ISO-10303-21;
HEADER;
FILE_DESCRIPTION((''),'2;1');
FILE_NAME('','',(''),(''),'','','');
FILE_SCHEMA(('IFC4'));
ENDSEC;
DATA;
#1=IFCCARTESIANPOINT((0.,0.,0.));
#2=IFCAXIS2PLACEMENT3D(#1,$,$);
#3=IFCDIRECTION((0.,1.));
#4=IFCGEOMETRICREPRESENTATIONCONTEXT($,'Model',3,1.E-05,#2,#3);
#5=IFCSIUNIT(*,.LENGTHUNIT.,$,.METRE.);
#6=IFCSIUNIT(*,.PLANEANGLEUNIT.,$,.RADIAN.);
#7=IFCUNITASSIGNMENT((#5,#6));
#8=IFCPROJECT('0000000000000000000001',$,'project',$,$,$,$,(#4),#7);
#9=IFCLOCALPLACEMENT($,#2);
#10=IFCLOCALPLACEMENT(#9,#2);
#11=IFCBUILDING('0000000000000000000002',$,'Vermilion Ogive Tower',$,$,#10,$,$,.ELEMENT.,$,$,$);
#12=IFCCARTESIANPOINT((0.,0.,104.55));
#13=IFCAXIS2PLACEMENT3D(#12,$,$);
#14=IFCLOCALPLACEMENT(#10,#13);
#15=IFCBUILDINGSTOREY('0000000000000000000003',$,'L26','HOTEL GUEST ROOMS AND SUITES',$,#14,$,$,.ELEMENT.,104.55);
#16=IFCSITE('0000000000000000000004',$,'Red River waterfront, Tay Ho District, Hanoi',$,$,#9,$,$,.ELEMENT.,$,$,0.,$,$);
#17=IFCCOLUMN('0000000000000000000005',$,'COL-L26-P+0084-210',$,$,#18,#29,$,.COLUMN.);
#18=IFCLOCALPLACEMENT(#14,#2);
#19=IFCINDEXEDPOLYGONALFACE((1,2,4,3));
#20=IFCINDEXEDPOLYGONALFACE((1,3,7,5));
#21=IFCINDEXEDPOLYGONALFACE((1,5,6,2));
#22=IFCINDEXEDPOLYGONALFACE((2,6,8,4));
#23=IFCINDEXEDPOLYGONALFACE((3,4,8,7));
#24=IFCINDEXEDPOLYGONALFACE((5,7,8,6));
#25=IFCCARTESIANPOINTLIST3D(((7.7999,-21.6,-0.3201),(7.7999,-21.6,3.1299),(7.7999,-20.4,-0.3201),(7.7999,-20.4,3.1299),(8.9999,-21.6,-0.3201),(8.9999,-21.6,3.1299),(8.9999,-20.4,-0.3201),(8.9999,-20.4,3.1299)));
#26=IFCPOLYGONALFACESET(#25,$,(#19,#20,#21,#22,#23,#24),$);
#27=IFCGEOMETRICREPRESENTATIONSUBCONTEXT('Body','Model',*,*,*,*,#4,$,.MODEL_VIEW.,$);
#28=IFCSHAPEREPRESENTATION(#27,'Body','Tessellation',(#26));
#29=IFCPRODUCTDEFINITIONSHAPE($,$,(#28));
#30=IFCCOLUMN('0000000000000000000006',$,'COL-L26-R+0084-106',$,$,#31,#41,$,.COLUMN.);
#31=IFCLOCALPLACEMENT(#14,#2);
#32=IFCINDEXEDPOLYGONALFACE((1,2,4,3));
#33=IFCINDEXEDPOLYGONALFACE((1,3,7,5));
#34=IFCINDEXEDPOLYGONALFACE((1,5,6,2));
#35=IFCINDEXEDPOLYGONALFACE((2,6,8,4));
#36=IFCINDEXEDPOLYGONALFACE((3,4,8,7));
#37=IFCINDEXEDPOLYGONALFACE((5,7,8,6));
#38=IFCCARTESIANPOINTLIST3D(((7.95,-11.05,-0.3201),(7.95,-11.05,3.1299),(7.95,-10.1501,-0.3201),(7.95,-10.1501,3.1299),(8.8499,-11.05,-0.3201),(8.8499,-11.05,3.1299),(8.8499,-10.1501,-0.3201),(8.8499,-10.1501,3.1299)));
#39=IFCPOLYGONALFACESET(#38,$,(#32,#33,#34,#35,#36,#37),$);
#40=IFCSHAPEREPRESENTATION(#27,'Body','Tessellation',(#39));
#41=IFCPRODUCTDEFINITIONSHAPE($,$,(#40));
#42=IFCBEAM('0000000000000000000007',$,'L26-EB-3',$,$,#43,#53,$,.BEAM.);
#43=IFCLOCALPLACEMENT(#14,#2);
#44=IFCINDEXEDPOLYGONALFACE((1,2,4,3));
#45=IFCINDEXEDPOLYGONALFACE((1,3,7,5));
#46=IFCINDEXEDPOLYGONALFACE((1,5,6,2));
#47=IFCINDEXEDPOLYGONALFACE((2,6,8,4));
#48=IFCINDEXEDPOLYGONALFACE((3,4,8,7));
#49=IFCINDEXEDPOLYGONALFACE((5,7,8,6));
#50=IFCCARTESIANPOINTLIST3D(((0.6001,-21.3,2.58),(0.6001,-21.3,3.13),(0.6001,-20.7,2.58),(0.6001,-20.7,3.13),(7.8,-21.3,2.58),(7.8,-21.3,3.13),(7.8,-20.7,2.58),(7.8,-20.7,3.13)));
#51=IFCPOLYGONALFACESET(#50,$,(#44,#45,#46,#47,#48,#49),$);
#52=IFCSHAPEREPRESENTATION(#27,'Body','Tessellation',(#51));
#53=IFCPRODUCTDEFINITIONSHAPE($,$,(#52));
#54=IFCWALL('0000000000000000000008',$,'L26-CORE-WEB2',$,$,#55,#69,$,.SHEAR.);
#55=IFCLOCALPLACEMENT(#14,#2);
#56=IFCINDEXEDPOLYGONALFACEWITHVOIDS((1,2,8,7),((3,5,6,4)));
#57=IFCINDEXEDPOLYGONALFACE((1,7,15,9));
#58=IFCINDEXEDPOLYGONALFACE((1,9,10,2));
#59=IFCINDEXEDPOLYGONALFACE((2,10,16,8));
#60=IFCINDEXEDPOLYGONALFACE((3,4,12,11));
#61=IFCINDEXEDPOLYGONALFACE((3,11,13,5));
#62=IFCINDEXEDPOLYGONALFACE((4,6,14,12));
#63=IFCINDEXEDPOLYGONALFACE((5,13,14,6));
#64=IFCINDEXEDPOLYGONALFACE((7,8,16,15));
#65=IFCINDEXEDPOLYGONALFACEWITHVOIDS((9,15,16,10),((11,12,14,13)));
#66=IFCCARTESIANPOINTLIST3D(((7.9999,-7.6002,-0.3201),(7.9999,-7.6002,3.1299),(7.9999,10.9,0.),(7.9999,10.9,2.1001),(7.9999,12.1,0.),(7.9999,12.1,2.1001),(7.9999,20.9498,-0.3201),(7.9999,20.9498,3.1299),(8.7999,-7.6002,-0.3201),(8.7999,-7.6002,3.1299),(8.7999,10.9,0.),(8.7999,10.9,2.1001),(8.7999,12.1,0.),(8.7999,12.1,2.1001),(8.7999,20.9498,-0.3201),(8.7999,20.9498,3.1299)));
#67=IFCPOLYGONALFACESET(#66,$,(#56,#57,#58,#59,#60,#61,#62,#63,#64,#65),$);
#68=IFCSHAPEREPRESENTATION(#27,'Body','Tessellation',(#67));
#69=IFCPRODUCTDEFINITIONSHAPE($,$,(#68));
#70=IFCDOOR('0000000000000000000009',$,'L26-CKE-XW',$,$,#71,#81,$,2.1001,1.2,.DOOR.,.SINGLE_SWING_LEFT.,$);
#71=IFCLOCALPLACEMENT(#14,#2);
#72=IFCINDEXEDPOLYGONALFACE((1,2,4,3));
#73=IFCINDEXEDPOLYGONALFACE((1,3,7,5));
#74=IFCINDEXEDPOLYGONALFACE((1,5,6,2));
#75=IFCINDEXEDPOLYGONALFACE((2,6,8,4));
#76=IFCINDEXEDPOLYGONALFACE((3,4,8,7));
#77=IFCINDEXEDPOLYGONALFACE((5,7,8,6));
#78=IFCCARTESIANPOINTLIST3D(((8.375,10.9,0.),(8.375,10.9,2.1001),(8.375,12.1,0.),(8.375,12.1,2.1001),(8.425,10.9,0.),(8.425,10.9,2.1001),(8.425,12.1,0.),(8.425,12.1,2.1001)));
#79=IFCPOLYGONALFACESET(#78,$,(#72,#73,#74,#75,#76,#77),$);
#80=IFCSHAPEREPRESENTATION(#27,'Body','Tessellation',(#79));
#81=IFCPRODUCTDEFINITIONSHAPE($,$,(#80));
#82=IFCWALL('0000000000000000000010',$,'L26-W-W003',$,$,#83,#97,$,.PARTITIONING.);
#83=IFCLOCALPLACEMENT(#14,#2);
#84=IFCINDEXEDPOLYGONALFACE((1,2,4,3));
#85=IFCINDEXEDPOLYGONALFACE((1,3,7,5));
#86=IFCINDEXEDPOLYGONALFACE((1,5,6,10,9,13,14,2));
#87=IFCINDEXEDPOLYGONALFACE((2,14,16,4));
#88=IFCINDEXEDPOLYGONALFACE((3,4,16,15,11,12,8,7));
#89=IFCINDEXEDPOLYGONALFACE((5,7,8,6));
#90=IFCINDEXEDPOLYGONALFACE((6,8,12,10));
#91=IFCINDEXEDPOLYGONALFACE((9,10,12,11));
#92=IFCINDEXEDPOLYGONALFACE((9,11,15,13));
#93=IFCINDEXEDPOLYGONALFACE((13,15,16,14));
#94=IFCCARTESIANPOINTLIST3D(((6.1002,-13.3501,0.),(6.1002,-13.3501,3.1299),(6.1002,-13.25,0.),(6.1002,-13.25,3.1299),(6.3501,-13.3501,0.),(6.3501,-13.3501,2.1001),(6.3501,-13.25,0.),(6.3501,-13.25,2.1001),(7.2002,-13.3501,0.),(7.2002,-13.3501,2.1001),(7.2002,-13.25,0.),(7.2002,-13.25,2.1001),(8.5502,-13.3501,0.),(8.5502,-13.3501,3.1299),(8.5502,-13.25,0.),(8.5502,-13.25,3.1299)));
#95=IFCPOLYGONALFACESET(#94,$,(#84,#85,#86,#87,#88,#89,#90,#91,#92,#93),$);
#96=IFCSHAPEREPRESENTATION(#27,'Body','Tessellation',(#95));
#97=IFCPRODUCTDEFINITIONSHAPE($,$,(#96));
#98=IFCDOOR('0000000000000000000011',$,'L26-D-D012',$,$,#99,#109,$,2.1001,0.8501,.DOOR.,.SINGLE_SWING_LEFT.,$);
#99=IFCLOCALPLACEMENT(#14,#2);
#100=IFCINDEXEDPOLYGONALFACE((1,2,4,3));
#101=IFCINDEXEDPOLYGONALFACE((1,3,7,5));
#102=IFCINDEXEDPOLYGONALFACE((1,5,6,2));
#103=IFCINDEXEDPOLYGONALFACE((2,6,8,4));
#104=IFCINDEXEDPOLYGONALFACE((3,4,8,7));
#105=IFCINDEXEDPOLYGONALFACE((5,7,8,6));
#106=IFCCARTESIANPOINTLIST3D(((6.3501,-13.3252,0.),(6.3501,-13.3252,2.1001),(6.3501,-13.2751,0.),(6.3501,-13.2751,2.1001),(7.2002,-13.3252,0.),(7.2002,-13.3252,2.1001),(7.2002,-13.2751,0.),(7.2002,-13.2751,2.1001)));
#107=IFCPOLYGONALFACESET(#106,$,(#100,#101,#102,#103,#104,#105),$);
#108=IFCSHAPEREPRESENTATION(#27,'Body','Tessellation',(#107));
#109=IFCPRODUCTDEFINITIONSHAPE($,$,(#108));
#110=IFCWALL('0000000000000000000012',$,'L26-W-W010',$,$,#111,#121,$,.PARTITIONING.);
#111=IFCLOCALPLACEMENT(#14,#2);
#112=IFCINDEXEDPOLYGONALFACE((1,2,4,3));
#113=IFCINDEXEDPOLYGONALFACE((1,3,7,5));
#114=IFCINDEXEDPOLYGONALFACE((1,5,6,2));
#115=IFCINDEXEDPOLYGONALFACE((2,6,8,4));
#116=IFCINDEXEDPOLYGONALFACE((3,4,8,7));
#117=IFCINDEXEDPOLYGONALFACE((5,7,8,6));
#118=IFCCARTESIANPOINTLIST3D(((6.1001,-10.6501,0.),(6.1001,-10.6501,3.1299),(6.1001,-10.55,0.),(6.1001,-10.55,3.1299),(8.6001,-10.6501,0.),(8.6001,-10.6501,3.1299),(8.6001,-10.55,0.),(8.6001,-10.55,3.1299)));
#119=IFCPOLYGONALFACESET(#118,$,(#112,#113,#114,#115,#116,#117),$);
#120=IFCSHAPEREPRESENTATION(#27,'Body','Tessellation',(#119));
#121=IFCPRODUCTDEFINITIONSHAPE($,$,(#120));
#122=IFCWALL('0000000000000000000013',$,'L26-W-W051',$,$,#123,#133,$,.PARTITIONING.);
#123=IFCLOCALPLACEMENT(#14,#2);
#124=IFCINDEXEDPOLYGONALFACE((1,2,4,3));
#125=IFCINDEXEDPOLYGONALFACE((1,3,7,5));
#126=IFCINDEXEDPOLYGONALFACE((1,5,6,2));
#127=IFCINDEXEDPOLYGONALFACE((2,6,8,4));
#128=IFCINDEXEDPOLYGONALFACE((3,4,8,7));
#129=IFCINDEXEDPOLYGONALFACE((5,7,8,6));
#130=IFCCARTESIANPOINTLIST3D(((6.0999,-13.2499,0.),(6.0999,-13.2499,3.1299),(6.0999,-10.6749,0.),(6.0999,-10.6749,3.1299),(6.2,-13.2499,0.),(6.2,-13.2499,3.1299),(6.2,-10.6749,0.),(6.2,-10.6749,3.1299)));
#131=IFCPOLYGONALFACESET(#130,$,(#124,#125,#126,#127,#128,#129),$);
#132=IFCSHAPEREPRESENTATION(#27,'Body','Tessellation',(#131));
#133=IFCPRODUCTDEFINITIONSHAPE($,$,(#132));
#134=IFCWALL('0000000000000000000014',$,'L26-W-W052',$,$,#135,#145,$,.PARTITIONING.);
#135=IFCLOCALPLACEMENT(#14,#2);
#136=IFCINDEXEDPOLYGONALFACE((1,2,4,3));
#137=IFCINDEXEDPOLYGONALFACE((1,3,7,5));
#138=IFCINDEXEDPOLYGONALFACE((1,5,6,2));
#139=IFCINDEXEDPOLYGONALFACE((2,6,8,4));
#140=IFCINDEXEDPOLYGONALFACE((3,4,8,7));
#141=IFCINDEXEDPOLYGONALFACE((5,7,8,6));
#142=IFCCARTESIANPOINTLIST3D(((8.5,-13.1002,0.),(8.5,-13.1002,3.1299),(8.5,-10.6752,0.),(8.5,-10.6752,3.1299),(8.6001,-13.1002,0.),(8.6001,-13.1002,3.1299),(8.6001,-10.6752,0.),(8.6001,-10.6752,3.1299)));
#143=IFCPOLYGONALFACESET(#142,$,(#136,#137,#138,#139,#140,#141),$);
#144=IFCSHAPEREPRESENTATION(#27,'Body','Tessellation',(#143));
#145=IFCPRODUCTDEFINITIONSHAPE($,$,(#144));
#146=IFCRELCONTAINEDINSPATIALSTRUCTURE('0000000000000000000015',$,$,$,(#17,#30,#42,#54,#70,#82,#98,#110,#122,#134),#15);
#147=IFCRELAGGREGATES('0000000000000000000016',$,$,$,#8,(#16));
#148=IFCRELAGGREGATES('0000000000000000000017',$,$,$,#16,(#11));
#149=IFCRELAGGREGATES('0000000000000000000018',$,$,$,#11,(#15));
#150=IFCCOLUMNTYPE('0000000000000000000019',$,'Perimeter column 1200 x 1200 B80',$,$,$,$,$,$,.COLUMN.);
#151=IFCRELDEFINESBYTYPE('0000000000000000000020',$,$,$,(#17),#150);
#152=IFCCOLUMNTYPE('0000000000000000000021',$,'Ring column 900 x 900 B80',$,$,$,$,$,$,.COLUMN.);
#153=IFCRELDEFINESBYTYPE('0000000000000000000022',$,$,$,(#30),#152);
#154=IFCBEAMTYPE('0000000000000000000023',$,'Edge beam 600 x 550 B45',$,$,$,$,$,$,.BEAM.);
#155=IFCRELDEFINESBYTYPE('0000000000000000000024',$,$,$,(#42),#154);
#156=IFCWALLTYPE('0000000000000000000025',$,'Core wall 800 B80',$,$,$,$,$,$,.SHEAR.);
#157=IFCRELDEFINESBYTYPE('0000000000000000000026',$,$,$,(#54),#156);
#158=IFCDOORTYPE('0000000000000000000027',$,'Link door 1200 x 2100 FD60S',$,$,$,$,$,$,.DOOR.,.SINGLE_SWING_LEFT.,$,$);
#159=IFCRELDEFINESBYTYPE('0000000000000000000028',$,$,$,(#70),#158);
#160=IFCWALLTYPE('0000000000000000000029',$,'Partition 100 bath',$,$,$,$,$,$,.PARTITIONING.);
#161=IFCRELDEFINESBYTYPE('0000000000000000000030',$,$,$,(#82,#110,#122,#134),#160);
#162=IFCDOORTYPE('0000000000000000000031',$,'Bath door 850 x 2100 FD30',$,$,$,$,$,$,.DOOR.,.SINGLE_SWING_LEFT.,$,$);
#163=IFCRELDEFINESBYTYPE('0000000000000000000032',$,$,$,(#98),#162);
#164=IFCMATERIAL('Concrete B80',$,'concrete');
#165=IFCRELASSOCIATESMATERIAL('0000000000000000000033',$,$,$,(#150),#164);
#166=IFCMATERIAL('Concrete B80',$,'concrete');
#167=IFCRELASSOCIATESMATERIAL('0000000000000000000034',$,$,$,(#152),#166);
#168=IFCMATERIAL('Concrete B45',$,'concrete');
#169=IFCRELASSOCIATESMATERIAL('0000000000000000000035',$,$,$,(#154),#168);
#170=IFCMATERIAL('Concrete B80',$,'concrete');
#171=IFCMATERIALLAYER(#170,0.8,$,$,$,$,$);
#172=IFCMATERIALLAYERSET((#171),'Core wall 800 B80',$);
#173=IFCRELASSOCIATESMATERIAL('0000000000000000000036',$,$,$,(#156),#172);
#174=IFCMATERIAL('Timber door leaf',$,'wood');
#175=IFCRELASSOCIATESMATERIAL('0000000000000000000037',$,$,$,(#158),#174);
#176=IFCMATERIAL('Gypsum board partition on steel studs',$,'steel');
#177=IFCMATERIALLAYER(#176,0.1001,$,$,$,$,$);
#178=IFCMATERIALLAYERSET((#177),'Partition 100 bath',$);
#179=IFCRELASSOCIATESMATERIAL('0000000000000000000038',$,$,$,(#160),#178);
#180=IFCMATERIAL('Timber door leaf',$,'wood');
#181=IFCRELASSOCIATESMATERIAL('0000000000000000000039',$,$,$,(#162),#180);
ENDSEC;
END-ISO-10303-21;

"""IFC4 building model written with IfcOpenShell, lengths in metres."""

from ifc_helpers import new_model, si_unit, direction, frame, frame_2d, origin, origin_2d, place, context, subcontext, project, spatial, rectangle, extrude, material, layer, layer_set, material_profile, profile_set, type_object, element, fill, save


model = new_model("IFC4")

# Units and contexts
model_context = context("Model", 3, precision=1e-05, world=origin(), true_north=direction((0.0, 1.0)))
body_context = subcontext(model_context, "Body", "Model", "MODEL_VIEW")
ifc_project = project(units=[si_unit("LENGTHUNIT", "METRE"), si_unit("PLANEANGLEUNIT", "RADIAN")], contexts=[model_context])

# Site, building, storey
site_placement = place(None, origin())
site = spatial("IfcSite", under=ifc_project, at=site_placement, Name="Red River waterfront, Tay Ho District, Hanoi", CompositionType="ELEMENT", RefElevation=0.0)
building_placement = place(site_placement, origin())
building = spatial("IfcBuilding", under=site, at=building_placement, Name="Vermilion Ogive Tower", CompositionType="ELEMENT")
storey_placement = place(building_placement, frame((0.0, 0.0, 104.55)))
storey = spatial("IfcBuildingStorey", under=building, at=storey_placement, Name="L26", Description="HOTEL GUEST ROOMS AND SUITES", CompositionType="ELEMENT", Elevation=104.55)

# Columns
ifc_material_1 = material(Name="Concrete B80", Category="concrete")
ifc_material_profile_1 = material_profile(ifc_material_1, rectangle(XDim=1.2, YDim=1.2, at=origin_2d()), Name="1200 x 1200")
ifc_profile_set_1 = profile_set([ifc_material_profile_1], Name="Concrete B80")
column_type_1 = type_object("IfcColumnType", Name="Perimeter column 1200 x 1200 B80", PredefinedType="COLUMN", material=ifc_profile_set_1)
column_1_placement = place(storey_placement, frame((8.3999, -21.0, -0.3201), z_axis=(0.0, 0.0, 1.0), x_axis=(1.0, 0.0, 0.0)))
element("IfcColumn", 1, at=column_1_placement, inside=storey, type_object=column_type_1, Name="COL-L26-P+0084-210", PredefinedType="COLUMN", context=body_context, shape_type="SweptSolid", body=[
    extrude(rectangle(XDim=1.2, YDim=1.2, at=origin_2d()), origin(), (0.0, 0.0, 1.0), 3.45),
])
ifc_material_2 = material(Name="Concrete B80", Category="concrete")
ifc_material_profile_2 = material_profile(ifc_material_2, rectangle(XDim=0.8999, YDim=0.8999, at=origin_2d()), Name="900 x 900")
ifc_profile_set_2 = profile_set([ifc_material_profile_2], Name="Concrete B80")
column_type_2 = type_object("IfcColumnType", Name="Ring column 900 x 900 B80", PredefinedType="COLUMN", material=ifc_profile_set_2)
column_2_placement = place(storey_placement, frame((8.3999, -10.6001, -0.3201), z_axis=(0.0, 0.0, 1.0), x_axis=(1.0, 0.0, 0.0)))
element("IfcColumn", 2, at=column_2_placement, inside=storey, type_object=column_type_2, Name="COL-L26-R+0084-106", PredefinedType="COLUMN", context=body_context, shape_type="SweptSolid", body=[
    extrude(rectangle(XDim=0.8999, YDim=0.8999, at=origin_2d()), origin(), (0.0, 0.0, 1.0), 3.45),
])

# Beam
ifc_material_3 = material(Name="Concrete B45", Category="concrete")
ifc_material_profile_3 = material_profile(ifc_material_3, rectangle(XDim=0.6001, YDim=0.55, at=origin_2d()), Name="600 x 550")
ifc_profile_set_3 = profile_set([ifc_material_profile_3], Name="Concrete B45")
beam_type = type_object("IfcBeamType", Name="Edge beam 600 x 550 B45", PredefinedType="BEAM", material=ifc_profile_set_3)
beam_placement = place(storey_placement, frame((0.6001, -21.0, 2.855), z_axis=(1.0, 0.0, 0.0), x_axis=(0.0, 1.0, 0.0)))
element("IfcBeam", 3, at=beam_placement, inside=storey, type_object=beam_type, Name="L26-EB-3", PredefinedType="BEAM", context=body_context, shape_type="SweptSolid", body=[
    extrude(rectangle(XDim=0.6001, YDim=0.55, at=origin_2d()), origin(), (0.0, 0.0, 1.0), 7.2),
])

# Walls, openings, doors
ifc_material_4 = material(Name="Concrete B80", Category="concrete")
ifc_layer_1 = layer(ifc_material_4, 0.8)
ifc_layer_set_1 = layer_set([ifc_layer_1], Name="Core wall 800 B80")
wall_type_1 = type_object("IfcWallType", Name="Core wall 800 B80", PredefinedType="SHEAR", material=ifc_layer_set_1)
wall_1_placement = place(storey_placement, frame((8.3999, -7.6001, -0.3201), z_axis=(0.0, 0.0, 1.0), x_axis=(0.0, 1.0, 0.0)))
wall_1 = element("IfcWall", 4, at=wall_1_placement, inside=storey, type_object=wall_type_1, Name="L26-CORE-WEB2", PredefinedType="SHEAR", context=body_context, shape_type="SweptSolid", body=[
    extrude(rectangle(XDim=28.55, YDim=0.8, at=frame_2d((14.2749, 0.0))), origin(), (0.0, 0.0, 1.0), 3.45),
])
opening_1_placement = place(wall_1_placement, frame((18.5, 0.0, 0.3201)))
opening_1 = element("IfcOpeningElement", 5, at=opening_1_placement, cuts=wall_1, PredefinedType="OPENING", context=body_context, shape_type="SweptSolid", body=[
    extrude(rectangle(XDim=1.2, YDim=2.1001, at=frame_2d((0.6001, 1.05))), frame((0.0, 0.4099, 0.0), z_axis=(0.0, -1.0, 0.0), x_axis=(1.0, 0.0, 0.0)), (0.0, 0.0, 1.0), 0.8201),
])
ifc_material_5 = material(Name="Timber door leaf", Category="wood")
door_type_1 = type_object("IfcDoorType", Name="Link door 1200 x 2100 FD60S", OperationType="SINGLE_SWING_LEFT", PredefinedType="DOOR", material=ifc_material_5)
door_1_placement = place(opening_1_placement, origin())
door_1 = element("IfcDoor", 6, at=door_1_placement, inside=storey, type_object=door_type_1, Name="L26-CKE-XW", OperationType="SINGLE_SWING_LEFT", OverallHeight=2.1001, OverallWidth=1.2, PredefinedType="DOOR", context=body_context, shape_type="SweptSolid", body=[
    extrude(rectangle(XDim=1.2, YDim=2.1001, at=frame_2d((0.6001, 1.05))), frame((0.0, 0.0249, 0.0), z_axis=(0.0, -1.0, 0.0), x_axis=(1.0, 0.0, 0.0)), (0.0, 0.0, 1.0), 0.05),
])
fill(opening_1, door_1)
ifc_material_6 = material(Name="Gypsum board partition on steel studs", Category="steel")
ifc_layer_2 = layer(ifc_material_6, 0.1001)
ifc_layer_set_2 = layer_set([ifc_layer_2], Name="Partition 100 bath")
wall_type_2 = type_object("IfcWallType", Name="Partition 100 bath", PredefinedType="PARTITIONING", material=ifc_layer_set_2)
wall_2_placement = place(storey_placement, frame((6.1001, -13.3, 0.0), z_axis=(0.0, 0.0, 1.0), x_axis=(1.0, 0.0, 0.0)))
wall_2 = element("IfcWall", 7, at=wall_2_placement, inside=storey, type_object=wall_type_2, Name="L26-W-W003", PredefinedType="PARTITIONING", context=body_context, shape_type="SweptSolid", body=[
    extrude(rectangle(XDim=2.45, YDim=0.1001, at=frame_2d((1.2251, 0.0))), origin(), (0.0, 0.0, 1.0), 3.1299),
])
opening_2_placement = place(wall_2_placement, frame((0.25, 0.0, 0.0)))
opening_2 = element("IfcOpeningElement", 8, at=opening_2_placement, cuts=wall_2, PredefinedType="OPENING", context=body_context, shape_type="SweptSolid", body=[
    extrude(rectangle(XDim=0.8501, YDim=2.1001, at=frame_2d((0.425, 1.05))), frame((0.0, 0.0601, 0.0), z_axis=(0.0, -1.0, 0.0), x_axis=(1.0, 0.0, 0.0)), (0.0, 0.0, 1.0), 0.1201),
])
ifc_material_7 = material(Name="Timber door leaf", Category="wood")
door_type_2 = type_object("IfcDoorType", Name="Bath door 850 x 2100 FD30", OperationType="SINGLE_SWING_LEFT", PredefinedType="DOOR", material=ifc_material_7)
door_2_placement = place(opening_2_placement, origin())
door_2 = element("IfcDoor", 9, at=door_2_placement, inside=storey, type_object=door_type_2, Name="L26-D-D012", OperationType="SINGLE_SWING_LEFT", OverallHeight=2.1001, OverallWidth=0.8501, PredefinedType="DOOR", context=body_context, shape_type="SweptSolid", body=[
    extrude(rectangle(XDim=0.8501, YDim=2.1001, at=frame_2d((0.425, 1.05))), frame((0.0, 0.0249, 0.0), z_axis=(0.0, -1.0, 0.0), x_axis=(1.0, 0.0, 0.0)), (0.0, 0.0, 1.0), 0.05),
])
fill(opening_2, door_2)

# Walls
wall_3_placement = place(storey_placement, frame((6.1001, -10.6001, 0.0), z_axis=(0.0, 0.0, 1.0), x_axis=(1.0, 0.0, 0.0)))
element("IfcWall", 10, at=wall_3_placement, inside=storey, type_object=wall_type_2, Name="L26-W-W010", PredefinedType="PARTITIONING", context=body_context, shape_type="SweptSolid", body=[
    extrude(rectangle(XDim=2.5, YDim=0.1001, at=frame_2d((1.25, 0.0))), origin(), (0.0, 0.0, 1.0), 3.1299),
])
wall_4_placement = place(storey_placement, frame((6.1499, -13.25, 0.0), z_axis=(0.0, 0.0, 1.0), x_axis=(0.0, 1.0, 0.0)))
element("IfcWall", 11, at=wall_4_placement, inside=storey, type_object=wall_type_2, Name="L26-W-W051", PredefinedType="PARTITIONING", context=body_context, shape_type="SweptSolid", body=[
    extrude(rectangle(XDim=2.575, YDim=0.1001, at=frame_2d((1.2876, 0.0))), origin(), (0.0, 0.0, 1.0), 3.1299),
])
wall_5_placement = place(storey_placement, frame((8.55, -13.1001, 0.0), z_axis=(0.0, 0.0, 1.0), x_axis=(0.0, 1.0, 0.0)))
element("IfcWall", 12, at=wall_5_placement, inside=storey, type_object=wall_type_2, Name="L26-W-W052", PredefinedType="PARTITIONING", context=body_context, shape_type="SweptSolid", body=[
    extrude(rectangle(XDim=2.425, YDim=0.1001, at=frame_2d((1.2124, 0.0))), origin(), (0.0, 0.0, 1.0), 3.1299),
])

save(model, "model.ifc")
